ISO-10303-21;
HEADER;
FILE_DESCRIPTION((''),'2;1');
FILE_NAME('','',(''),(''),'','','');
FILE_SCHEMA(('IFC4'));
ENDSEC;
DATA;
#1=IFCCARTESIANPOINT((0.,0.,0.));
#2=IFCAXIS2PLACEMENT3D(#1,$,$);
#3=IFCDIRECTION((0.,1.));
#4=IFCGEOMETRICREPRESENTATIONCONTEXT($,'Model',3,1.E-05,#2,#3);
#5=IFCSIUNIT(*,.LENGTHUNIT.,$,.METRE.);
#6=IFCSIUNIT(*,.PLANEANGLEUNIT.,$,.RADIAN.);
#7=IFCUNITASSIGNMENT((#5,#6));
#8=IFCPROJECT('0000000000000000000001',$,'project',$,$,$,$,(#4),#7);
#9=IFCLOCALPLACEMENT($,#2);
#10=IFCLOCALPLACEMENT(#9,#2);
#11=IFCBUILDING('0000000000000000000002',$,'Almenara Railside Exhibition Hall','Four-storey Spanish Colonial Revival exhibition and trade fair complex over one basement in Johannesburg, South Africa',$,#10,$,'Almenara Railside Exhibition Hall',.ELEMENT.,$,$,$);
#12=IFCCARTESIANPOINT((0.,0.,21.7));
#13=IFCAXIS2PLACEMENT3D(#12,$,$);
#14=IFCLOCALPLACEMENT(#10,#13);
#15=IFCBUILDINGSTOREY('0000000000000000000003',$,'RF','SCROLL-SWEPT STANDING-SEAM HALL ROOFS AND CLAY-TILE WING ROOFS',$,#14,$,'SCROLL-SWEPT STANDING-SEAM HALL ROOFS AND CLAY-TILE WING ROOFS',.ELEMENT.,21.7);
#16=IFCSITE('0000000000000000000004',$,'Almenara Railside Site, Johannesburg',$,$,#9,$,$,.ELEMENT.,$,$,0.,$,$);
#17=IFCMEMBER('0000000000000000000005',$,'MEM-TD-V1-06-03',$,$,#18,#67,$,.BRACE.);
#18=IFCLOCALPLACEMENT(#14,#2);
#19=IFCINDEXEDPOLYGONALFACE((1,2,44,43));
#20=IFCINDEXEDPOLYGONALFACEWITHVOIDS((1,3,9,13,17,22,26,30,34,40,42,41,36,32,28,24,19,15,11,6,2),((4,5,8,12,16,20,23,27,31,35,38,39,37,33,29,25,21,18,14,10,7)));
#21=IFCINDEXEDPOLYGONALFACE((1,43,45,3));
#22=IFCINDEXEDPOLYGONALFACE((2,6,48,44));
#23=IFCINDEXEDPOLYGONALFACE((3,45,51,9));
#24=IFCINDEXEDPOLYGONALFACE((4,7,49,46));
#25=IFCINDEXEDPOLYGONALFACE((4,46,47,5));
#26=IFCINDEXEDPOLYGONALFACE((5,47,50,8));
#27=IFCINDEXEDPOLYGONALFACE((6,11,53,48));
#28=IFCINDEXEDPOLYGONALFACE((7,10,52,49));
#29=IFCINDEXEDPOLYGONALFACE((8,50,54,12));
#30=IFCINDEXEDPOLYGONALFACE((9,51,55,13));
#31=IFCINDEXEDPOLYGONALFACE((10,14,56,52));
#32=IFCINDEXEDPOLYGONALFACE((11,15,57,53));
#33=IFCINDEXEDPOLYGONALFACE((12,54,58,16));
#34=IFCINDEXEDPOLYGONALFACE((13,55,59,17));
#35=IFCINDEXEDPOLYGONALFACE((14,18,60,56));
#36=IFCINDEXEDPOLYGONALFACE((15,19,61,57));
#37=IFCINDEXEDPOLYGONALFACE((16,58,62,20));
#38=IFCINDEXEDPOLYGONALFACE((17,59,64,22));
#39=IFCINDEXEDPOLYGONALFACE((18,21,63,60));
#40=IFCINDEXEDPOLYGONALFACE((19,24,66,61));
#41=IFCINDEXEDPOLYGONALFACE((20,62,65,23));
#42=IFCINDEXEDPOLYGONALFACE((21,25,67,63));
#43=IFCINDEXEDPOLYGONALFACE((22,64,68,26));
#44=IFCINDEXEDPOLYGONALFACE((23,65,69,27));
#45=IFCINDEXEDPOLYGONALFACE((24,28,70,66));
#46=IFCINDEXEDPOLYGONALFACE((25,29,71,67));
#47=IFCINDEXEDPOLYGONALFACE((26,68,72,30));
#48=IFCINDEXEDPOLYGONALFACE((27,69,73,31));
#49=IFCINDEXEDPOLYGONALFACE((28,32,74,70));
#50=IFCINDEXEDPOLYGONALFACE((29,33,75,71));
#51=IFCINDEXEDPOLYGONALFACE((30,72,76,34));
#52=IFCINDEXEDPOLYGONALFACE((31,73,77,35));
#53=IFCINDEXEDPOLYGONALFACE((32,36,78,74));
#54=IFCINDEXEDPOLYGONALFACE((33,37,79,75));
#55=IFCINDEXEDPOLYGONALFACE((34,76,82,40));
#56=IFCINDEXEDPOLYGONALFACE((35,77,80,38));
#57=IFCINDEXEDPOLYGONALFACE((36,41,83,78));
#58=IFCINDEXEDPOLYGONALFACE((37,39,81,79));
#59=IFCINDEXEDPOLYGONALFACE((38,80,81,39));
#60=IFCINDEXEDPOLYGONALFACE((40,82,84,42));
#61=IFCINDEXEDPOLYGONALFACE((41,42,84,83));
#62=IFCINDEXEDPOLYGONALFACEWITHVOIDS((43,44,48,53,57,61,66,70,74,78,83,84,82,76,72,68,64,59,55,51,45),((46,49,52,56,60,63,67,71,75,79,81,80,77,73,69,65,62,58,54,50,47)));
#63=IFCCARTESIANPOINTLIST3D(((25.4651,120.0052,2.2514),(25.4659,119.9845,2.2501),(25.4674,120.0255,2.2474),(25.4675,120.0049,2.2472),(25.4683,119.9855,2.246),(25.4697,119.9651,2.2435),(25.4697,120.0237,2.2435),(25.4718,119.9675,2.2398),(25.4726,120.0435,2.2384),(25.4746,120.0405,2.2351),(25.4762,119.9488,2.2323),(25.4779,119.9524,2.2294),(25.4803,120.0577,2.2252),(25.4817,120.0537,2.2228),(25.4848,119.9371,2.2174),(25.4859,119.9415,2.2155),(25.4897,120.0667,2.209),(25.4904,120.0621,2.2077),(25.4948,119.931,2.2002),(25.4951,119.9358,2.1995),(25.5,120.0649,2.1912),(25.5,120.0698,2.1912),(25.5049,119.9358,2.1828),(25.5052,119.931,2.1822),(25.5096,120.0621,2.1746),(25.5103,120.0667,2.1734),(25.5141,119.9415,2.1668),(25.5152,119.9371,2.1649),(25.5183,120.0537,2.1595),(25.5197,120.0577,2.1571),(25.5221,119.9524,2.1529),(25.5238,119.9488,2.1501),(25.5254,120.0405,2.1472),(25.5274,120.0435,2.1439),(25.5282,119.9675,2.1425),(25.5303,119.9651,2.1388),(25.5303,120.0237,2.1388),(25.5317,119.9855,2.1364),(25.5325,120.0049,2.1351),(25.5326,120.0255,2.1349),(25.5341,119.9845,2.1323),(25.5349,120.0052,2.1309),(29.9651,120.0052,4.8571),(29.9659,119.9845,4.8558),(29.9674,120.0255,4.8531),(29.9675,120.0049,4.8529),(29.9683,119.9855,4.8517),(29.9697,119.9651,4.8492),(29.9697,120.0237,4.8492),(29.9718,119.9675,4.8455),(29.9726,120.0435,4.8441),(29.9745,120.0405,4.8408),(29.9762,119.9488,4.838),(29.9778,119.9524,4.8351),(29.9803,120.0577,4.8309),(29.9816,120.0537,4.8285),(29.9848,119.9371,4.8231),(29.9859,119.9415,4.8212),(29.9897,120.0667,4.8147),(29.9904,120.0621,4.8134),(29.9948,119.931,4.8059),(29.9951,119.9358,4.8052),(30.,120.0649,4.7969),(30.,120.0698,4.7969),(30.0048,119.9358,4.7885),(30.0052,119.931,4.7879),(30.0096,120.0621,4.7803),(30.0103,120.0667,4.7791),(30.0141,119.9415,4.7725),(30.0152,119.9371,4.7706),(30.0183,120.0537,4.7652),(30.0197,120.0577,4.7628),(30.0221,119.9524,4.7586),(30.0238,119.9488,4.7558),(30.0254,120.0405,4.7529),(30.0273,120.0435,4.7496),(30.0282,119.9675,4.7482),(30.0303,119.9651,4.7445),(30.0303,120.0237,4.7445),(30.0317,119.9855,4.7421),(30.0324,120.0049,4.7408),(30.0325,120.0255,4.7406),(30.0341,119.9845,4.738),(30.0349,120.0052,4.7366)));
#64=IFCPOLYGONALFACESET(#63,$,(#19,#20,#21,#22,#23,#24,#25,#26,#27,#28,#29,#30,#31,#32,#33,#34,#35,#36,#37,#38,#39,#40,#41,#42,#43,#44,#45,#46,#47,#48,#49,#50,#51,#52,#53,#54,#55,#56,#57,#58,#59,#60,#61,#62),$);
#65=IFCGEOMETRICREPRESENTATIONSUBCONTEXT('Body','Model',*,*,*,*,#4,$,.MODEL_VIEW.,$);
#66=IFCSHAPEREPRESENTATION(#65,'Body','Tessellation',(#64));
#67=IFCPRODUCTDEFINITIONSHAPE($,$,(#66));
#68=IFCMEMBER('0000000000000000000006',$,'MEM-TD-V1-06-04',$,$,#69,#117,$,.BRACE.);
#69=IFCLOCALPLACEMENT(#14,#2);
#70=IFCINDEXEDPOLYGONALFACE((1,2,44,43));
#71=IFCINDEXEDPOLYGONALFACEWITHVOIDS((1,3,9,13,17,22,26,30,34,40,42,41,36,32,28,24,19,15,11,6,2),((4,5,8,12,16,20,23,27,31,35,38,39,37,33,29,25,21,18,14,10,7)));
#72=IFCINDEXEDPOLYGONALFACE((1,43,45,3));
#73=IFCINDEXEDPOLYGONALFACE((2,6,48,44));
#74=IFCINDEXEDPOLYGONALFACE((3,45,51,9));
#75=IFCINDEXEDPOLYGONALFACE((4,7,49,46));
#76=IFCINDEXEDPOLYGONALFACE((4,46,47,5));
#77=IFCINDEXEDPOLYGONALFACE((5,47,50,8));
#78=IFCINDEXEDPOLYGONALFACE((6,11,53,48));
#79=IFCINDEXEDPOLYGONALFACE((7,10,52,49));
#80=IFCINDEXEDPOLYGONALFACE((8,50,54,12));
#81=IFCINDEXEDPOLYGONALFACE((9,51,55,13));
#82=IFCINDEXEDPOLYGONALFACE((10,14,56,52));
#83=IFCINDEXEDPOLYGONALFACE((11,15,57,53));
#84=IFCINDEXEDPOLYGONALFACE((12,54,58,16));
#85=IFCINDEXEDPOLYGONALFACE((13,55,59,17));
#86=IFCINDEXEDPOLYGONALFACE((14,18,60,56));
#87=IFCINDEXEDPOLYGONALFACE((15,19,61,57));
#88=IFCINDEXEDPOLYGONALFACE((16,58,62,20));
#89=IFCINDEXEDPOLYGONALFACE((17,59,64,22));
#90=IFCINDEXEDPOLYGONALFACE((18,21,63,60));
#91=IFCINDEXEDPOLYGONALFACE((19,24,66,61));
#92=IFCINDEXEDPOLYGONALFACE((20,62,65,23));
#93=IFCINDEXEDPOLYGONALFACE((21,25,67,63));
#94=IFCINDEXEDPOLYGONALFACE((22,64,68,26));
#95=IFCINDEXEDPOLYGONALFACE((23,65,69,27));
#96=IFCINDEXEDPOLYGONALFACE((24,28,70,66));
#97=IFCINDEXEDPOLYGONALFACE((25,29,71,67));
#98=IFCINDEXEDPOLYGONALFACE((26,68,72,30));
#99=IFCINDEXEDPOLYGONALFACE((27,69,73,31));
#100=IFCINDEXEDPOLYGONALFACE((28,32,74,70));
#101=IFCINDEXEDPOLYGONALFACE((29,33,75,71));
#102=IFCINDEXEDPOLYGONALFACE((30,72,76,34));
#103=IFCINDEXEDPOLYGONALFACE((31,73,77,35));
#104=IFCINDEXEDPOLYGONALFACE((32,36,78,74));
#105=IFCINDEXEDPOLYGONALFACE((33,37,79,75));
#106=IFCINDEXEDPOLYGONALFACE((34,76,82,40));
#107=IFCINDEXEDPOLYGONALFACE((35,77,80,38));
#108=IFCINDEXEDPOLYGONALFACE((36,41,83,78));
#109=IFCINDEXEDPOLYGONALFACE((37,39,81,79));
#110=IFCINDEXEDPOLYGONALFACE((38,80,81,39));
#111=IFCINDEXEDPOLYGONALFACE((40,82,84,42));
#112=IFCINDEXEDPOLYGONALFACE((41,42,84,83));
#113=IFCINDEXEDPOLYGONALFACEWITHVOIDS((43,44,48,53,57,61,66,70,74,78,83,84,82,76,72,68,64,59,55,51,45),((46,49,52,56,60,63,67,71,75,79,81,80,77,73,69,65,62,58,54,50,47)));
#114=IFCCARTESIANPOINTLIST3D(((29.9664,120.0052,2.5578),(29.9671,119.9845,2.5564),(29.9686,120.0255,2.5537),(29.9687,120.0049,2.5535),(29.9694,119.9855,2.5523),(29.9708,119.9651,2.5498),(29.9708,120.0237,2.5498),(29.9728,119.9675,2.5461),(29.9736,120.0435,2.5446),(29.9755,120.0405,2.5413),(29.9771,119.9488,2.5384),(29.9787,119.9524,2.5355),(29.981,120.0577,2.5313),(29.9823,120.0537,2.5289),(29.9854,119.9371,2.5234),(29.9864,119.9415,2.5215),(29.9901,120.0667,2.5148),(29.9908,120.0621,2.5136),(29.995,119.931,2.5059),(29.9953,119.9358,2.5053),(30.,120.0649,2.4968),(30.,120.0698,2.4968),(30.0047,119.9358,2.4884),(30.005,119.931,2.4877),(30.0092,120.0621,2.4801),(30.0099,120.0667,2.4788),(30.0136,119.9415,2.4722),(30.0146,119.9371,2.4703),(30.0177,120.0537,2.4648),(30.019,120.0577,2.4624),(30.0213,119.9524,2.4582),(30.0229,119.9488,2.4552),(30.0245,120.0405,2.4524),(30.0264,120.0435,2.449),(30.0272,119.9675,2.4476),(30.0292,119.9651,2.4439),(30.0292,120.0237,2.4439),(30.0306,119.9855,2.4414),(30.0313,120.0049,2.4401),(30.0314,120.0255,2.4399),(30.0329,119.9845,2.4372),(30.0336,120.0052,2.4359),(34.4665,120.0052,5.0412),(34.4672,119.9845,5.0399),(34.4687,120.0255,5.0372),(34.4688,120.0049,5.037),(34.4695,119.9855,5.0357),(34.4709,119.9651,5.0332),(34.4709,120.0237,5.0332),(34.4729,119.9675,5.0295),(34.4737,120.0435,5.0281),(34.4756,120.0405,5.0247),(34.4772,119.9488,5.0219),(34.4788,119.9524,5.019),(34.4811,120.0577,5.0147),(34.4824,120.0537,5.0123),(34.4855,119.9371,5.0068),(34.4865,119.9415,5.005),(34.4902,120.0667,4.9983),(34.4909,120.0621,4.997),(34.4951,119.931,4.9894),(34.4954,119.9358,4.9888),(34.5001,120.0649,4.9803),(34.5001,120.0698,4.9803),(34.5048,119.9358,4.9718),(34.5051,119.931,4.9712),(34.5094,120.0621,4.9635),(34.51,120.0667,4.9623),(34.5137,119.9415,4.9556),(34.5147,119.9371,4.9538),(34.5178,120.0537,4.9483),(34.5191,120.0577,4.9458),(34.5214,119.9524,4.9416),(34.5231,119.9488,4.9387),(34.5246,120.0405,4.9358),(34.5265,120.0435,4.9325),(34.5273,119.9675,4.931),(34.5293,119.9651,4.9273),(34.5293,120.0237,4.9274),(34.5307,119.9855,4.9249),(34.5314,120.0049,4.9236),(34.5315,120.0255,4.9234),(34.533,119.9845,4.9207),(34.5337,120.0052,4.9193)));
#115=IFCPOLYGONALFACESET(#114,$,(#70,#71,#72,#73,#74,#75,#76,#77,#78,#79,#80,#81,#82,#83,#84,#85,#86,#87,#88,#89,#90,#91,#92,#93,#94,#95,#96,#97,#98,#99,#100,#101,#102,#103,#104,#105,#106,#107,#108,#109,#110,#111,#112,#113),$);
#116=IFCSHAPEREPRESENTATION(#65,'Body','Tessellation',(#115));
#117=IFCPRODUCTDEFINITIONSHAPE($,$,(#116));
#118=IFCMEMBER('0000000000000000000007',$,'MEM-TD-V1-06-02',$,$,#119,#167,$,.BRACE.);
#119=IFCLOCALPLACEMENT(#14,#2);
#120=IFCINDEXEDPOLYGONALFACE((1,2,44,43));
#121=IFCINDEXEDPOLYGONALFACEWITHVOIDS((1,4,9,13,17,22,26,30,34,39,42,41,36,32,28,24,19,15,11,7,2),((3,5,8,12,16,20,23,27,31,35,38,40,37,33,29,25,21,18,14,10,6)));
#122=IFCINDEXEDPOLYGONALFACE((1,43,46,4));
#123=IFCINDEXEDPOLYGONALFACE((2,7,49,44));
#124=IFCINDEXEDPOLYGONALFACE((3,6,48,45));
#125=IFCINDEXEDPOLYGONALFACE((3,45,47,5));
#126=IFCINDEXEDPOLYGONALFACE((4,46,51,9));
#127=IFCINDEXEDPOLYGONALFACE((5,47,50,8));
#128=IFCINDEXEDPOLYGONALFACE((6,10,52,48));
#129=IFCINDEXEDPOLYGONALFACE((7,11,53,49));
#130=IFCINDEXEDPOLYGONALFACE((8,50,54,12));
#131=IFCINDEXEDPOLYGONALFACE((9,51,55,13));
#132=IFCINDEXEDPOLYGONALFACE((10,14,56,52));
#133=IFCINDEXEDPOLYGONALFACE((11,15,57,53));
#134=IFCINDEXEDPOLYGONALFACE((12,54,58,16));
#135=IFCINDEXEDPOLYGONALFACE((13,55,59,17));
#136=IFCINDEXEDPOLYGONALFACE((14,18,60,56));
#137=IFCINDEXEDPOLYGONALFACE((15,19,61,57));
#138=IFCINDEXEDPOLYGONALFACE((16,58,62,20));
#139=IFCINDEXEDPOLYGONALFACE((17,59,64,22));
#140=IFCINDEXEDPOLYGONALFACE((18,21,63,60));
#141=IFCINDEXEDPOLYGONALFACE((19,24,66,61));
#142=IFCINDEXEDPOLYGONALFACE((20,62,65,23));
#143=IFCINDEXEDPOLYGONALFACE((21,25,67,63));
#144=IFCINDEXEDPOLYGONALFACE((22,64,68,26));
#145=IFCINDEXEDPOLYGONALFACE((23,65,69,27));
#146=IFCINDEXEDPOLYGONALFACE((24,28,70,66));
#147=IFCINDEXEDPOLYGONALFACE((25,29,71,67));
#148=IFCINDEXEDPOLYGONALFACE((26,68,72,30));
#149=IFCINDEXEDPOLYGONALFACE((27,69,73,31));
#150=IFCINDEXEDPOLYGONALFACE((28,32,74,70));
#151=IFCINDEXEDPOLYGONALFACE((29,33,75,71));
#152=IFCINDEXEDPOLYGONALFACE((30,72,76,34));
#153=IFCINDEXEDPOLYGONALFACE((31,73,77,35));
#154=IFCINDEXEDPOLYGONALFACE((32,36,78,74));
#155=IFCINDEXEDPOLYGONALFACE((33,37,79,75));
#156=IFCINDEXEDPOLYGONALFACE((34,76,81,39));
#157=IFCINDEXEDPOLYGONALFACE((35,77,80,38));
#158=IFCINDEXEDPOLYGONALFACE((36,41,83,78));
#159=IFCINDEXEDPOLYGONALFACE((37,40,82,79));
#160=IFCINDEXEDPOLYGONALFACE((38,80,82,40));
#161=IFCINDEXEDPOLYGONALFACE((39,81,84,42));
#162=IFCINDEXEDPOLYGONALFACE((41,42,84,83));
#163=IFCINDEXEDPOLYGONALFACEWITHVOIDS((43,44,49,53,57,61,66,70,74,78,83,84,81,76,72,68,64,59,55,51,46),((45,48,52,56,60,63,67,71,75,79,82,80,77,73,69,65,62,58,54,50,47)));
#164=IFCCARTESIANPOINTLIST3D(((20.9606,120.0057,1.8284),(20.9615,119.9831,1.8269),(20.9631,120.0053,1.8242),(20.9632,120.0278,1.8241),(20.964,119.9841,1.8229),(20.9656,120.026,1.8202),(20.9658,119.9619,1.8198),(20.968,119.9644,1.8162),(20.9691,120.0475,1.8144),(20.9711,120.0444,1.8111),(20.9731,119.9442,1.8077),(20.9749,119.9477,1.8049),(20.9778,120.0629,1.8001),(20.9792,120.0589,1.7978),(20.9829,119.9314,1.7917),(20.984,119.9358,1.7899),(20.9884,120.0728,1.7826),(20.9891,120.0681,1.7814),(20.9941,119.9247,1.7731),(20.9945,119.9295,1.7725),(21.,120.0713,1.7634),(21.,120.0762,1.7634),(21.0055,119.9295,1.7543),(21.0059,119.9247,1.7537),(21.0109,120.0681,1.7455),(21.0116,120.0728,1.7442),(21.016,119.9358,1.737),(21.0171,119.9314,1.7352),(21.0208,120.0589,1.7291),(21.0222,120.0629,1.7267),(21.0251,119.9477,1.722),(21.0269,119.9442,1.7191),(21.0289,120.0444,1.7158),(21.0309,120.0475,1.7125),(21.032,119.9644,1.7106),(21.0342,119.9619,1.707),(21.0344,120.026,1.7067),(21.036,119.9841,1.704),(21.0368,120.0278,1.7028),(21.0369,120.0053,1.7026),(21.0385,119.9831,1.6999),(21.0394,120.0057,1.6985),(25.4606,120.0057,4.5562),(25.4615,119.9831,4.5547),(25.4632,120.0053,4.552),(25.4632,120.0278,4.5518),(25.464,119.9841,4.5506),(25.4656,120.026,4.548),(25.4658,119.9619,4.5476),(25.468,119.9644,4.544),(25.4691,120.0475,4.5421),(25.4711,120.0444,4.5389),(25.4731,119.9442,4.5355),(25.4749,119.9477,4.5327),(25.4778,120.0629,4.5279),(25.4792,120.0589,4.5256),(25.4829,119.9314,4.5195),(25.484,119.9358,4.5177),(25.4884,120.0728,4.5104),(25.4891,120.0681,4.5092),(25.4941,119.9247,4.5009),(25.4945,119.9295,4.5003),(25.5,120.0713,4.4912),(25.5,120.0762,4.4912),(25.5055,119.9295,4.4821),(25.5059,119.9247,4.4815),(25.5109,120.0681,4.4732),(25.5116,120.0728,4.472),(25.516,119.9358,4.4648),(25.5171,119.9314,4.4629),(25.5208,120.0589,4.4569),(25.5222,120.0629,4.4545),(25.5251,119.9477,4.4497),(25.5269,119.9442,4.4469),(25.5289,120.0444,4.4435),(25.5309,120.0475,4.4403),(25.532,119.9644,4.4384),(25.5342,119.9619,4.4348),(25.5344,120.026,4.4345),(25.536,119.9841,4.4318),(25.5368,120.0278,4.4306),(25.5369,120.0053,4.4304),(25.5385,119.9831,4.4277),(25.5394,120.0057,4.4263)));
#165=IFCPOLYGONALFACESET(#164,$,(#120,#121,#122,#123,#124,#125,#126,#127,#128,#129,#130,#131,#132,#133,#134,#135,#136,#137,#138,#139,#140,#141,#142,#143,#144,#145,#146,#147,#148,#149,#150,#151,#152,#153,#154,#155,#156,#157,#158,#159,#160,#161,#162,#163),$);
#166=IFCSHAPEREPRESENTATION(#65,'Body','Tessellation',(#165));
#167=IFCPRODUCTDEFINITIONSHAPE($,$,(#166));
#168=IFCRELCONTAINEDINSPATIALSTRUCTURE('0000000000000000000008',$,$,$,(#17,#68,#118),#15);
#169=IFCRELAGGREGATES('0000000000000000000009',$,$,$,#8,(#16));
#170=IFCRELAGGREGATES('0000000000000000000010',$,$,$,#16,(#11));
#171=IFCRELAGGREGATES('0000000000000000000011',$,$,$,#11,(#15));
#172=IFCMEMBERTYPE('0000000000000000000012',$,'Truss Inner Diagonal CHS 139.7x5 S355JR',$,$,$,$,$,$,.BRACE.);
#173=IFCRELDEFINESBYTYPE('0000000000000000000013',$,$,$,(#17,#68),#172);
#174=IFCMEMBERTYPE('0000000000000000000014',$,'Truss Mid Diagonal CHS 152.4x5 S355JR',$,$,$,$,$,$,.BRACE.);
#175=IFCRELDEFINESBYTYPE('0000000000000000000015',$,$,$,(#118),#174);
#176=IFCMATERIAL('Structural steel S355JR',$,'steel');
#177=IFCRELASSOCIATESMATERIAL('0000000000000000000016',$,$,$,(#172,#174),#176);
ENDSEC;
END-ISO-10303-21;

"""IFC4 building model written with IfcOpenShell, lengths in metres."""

from ifc_helpers import new_model, si_unit, direction, frame, origin, origin_2d, place, context, subcontext, project, spatial, hollow_circle, extrude, material, material_profile, profile_set, type_object, element, save


model = new_model("IFC4")

# Units and contexts
model_context = context("Model", 3, precision=1e-05, world=origin(), true_north=direction((0.0, 1.0)))
body_context = subcontext(model_context, "Body", "Model", "MODEL_VIEW")
ifc_project = project(units=[si_unit("LENGTHUNIT", "METRE"), si_unit("PLANEANGLEUNIT", "RADIAN")], contexts=[model_context])

# Site, building, storey
site_placement = place(None, origin())
site = spatial("IfcSite", under=ifc_project, at=site_placement, Name="Almenara Railside Site, Johannesburg", CompositionType="ELEMENT", RefElevation=0.0)
building_placement = place(site_placement, origin())
building = spatial("IfcBuilding", under=site, at=building_placement, Name="Almenara Railside Exhibition Hall", Description="Four-storey Spanish Colonial Revival exhibition and trade fair complex over one basement in Johannesburg, South Africa", LongName="Almenara Railside Exhibition Hall", CompositionType="ELEMENT")
storey_placement = place(building_placement, frame((0.0, 0.0, 21.7)))
storey = spatial("IfcBuildingStorey", under=building, at=storey_placement, Name="RF", Description="SCROLL-SWEPT STANDING-SEAM HALL ROOFS AND CLAY-TILE WING ROOFS", LongName="SCROLL-SWEPT STANDING-SEAM HALL ROOFS AND CLAY-TILE WING ROOFS", CompositionType="ELEMENT", Elevation=21.7)

# Members
ifc_material_1 = material(Name="Structural steel S355JR", Category="steel")
ifc_material_profile_1 = material_profile(ifc_material_1, hollow_circle(Radius=0.0698, WallThickness=0.0049, at=origin_2d()), Name="CHS 139.7x5")
ifc_profile_set_1 = profile_set([ifc_material_profile_1], Name="Structural steel S355JR")
member_type_1 = type_object("IfcMemberType", Name="Truss Inner Diagonal CHS 139.7x5 S355JR", PredefinedType="BRACE", material=ifc_profile_set_1)
member_1_placement = place(storey_placement, frame((25.5, 120.0, 2.1912), z_axis=(0.865389, 0.0, 0.501101), x_axis=(0.0, 1.0, 0.0)))
element("IfcMember", 1, at=member_1_placement, inside=storey, type_object=member_type_1, Name="MEM-TD-V1-06-03", PredefinedType="BRACE", context=body_context, shape_type="SweptSolid", body=[
    extrude(hollow_circle(Radius=0.0698, WallThickness=0.0049, at=origin_2d()), origin(), (0.0, 0.0, 1.0), 5.2),
])
member_2_placement = place(storey_placement, frame((30.0, 120.0, 2.4968), z_axis=(0.875525, 0.0, 0.483173), x_axis=(0.0, 1.0, 0.0)))
element("IfcMember", 2, at=member_2_placement, inside=storey, type_object=member_type_1, Name="MEM-TD-V1-06-04", PredefinedType="BRACE", context=body_context, shape_type="SweptSolid", body=[
    extrude(hollow_circle(Radius=0.0698, WallThickness=0.0049, at=origin_2d()), origin(), (0.0, 0.0, 1.0), 5.1399),
])
ifc_material_profile_2 = material_profile(ifc_material_1, hollow_circle(Radius=0.0762, WallThickness=0.0049, at=origin_2d()), Name="CHS 152.4x5")
ifc_profile_set_2 = profile_set([ifc_material_profile_2], Name="Structural steel S355JR")
member_type_2 = type_object("IfcMemberType", Name="Truss Mid Diagonal CHS 152.4x5 S355JR", PredefinedType="BRACE", material=ifc_profile_set_2)
member_3_placement = place(storey_placement, frame((21.0, 120.0, 1.7634), z_axis=(0.855155, 0.0, 0.518373), x_axis=(0.0, 1.0, 0.0)))
element("IfcMember", 3, at=member_3_placement, inside=storey, type_object=member_type_2, Name="MEM-TD-V1-06-02", PredefinedType="BRACE", context=body_context, shape_type="SweptSolid", body=[
    extrude(hollow_circle(Radius=0.0762, WallThickness=0.0049, at=origin_2d()), origin(), (0.0, 0.0, 1.0), 5.2622),
])

save(model, "model.ifc")
